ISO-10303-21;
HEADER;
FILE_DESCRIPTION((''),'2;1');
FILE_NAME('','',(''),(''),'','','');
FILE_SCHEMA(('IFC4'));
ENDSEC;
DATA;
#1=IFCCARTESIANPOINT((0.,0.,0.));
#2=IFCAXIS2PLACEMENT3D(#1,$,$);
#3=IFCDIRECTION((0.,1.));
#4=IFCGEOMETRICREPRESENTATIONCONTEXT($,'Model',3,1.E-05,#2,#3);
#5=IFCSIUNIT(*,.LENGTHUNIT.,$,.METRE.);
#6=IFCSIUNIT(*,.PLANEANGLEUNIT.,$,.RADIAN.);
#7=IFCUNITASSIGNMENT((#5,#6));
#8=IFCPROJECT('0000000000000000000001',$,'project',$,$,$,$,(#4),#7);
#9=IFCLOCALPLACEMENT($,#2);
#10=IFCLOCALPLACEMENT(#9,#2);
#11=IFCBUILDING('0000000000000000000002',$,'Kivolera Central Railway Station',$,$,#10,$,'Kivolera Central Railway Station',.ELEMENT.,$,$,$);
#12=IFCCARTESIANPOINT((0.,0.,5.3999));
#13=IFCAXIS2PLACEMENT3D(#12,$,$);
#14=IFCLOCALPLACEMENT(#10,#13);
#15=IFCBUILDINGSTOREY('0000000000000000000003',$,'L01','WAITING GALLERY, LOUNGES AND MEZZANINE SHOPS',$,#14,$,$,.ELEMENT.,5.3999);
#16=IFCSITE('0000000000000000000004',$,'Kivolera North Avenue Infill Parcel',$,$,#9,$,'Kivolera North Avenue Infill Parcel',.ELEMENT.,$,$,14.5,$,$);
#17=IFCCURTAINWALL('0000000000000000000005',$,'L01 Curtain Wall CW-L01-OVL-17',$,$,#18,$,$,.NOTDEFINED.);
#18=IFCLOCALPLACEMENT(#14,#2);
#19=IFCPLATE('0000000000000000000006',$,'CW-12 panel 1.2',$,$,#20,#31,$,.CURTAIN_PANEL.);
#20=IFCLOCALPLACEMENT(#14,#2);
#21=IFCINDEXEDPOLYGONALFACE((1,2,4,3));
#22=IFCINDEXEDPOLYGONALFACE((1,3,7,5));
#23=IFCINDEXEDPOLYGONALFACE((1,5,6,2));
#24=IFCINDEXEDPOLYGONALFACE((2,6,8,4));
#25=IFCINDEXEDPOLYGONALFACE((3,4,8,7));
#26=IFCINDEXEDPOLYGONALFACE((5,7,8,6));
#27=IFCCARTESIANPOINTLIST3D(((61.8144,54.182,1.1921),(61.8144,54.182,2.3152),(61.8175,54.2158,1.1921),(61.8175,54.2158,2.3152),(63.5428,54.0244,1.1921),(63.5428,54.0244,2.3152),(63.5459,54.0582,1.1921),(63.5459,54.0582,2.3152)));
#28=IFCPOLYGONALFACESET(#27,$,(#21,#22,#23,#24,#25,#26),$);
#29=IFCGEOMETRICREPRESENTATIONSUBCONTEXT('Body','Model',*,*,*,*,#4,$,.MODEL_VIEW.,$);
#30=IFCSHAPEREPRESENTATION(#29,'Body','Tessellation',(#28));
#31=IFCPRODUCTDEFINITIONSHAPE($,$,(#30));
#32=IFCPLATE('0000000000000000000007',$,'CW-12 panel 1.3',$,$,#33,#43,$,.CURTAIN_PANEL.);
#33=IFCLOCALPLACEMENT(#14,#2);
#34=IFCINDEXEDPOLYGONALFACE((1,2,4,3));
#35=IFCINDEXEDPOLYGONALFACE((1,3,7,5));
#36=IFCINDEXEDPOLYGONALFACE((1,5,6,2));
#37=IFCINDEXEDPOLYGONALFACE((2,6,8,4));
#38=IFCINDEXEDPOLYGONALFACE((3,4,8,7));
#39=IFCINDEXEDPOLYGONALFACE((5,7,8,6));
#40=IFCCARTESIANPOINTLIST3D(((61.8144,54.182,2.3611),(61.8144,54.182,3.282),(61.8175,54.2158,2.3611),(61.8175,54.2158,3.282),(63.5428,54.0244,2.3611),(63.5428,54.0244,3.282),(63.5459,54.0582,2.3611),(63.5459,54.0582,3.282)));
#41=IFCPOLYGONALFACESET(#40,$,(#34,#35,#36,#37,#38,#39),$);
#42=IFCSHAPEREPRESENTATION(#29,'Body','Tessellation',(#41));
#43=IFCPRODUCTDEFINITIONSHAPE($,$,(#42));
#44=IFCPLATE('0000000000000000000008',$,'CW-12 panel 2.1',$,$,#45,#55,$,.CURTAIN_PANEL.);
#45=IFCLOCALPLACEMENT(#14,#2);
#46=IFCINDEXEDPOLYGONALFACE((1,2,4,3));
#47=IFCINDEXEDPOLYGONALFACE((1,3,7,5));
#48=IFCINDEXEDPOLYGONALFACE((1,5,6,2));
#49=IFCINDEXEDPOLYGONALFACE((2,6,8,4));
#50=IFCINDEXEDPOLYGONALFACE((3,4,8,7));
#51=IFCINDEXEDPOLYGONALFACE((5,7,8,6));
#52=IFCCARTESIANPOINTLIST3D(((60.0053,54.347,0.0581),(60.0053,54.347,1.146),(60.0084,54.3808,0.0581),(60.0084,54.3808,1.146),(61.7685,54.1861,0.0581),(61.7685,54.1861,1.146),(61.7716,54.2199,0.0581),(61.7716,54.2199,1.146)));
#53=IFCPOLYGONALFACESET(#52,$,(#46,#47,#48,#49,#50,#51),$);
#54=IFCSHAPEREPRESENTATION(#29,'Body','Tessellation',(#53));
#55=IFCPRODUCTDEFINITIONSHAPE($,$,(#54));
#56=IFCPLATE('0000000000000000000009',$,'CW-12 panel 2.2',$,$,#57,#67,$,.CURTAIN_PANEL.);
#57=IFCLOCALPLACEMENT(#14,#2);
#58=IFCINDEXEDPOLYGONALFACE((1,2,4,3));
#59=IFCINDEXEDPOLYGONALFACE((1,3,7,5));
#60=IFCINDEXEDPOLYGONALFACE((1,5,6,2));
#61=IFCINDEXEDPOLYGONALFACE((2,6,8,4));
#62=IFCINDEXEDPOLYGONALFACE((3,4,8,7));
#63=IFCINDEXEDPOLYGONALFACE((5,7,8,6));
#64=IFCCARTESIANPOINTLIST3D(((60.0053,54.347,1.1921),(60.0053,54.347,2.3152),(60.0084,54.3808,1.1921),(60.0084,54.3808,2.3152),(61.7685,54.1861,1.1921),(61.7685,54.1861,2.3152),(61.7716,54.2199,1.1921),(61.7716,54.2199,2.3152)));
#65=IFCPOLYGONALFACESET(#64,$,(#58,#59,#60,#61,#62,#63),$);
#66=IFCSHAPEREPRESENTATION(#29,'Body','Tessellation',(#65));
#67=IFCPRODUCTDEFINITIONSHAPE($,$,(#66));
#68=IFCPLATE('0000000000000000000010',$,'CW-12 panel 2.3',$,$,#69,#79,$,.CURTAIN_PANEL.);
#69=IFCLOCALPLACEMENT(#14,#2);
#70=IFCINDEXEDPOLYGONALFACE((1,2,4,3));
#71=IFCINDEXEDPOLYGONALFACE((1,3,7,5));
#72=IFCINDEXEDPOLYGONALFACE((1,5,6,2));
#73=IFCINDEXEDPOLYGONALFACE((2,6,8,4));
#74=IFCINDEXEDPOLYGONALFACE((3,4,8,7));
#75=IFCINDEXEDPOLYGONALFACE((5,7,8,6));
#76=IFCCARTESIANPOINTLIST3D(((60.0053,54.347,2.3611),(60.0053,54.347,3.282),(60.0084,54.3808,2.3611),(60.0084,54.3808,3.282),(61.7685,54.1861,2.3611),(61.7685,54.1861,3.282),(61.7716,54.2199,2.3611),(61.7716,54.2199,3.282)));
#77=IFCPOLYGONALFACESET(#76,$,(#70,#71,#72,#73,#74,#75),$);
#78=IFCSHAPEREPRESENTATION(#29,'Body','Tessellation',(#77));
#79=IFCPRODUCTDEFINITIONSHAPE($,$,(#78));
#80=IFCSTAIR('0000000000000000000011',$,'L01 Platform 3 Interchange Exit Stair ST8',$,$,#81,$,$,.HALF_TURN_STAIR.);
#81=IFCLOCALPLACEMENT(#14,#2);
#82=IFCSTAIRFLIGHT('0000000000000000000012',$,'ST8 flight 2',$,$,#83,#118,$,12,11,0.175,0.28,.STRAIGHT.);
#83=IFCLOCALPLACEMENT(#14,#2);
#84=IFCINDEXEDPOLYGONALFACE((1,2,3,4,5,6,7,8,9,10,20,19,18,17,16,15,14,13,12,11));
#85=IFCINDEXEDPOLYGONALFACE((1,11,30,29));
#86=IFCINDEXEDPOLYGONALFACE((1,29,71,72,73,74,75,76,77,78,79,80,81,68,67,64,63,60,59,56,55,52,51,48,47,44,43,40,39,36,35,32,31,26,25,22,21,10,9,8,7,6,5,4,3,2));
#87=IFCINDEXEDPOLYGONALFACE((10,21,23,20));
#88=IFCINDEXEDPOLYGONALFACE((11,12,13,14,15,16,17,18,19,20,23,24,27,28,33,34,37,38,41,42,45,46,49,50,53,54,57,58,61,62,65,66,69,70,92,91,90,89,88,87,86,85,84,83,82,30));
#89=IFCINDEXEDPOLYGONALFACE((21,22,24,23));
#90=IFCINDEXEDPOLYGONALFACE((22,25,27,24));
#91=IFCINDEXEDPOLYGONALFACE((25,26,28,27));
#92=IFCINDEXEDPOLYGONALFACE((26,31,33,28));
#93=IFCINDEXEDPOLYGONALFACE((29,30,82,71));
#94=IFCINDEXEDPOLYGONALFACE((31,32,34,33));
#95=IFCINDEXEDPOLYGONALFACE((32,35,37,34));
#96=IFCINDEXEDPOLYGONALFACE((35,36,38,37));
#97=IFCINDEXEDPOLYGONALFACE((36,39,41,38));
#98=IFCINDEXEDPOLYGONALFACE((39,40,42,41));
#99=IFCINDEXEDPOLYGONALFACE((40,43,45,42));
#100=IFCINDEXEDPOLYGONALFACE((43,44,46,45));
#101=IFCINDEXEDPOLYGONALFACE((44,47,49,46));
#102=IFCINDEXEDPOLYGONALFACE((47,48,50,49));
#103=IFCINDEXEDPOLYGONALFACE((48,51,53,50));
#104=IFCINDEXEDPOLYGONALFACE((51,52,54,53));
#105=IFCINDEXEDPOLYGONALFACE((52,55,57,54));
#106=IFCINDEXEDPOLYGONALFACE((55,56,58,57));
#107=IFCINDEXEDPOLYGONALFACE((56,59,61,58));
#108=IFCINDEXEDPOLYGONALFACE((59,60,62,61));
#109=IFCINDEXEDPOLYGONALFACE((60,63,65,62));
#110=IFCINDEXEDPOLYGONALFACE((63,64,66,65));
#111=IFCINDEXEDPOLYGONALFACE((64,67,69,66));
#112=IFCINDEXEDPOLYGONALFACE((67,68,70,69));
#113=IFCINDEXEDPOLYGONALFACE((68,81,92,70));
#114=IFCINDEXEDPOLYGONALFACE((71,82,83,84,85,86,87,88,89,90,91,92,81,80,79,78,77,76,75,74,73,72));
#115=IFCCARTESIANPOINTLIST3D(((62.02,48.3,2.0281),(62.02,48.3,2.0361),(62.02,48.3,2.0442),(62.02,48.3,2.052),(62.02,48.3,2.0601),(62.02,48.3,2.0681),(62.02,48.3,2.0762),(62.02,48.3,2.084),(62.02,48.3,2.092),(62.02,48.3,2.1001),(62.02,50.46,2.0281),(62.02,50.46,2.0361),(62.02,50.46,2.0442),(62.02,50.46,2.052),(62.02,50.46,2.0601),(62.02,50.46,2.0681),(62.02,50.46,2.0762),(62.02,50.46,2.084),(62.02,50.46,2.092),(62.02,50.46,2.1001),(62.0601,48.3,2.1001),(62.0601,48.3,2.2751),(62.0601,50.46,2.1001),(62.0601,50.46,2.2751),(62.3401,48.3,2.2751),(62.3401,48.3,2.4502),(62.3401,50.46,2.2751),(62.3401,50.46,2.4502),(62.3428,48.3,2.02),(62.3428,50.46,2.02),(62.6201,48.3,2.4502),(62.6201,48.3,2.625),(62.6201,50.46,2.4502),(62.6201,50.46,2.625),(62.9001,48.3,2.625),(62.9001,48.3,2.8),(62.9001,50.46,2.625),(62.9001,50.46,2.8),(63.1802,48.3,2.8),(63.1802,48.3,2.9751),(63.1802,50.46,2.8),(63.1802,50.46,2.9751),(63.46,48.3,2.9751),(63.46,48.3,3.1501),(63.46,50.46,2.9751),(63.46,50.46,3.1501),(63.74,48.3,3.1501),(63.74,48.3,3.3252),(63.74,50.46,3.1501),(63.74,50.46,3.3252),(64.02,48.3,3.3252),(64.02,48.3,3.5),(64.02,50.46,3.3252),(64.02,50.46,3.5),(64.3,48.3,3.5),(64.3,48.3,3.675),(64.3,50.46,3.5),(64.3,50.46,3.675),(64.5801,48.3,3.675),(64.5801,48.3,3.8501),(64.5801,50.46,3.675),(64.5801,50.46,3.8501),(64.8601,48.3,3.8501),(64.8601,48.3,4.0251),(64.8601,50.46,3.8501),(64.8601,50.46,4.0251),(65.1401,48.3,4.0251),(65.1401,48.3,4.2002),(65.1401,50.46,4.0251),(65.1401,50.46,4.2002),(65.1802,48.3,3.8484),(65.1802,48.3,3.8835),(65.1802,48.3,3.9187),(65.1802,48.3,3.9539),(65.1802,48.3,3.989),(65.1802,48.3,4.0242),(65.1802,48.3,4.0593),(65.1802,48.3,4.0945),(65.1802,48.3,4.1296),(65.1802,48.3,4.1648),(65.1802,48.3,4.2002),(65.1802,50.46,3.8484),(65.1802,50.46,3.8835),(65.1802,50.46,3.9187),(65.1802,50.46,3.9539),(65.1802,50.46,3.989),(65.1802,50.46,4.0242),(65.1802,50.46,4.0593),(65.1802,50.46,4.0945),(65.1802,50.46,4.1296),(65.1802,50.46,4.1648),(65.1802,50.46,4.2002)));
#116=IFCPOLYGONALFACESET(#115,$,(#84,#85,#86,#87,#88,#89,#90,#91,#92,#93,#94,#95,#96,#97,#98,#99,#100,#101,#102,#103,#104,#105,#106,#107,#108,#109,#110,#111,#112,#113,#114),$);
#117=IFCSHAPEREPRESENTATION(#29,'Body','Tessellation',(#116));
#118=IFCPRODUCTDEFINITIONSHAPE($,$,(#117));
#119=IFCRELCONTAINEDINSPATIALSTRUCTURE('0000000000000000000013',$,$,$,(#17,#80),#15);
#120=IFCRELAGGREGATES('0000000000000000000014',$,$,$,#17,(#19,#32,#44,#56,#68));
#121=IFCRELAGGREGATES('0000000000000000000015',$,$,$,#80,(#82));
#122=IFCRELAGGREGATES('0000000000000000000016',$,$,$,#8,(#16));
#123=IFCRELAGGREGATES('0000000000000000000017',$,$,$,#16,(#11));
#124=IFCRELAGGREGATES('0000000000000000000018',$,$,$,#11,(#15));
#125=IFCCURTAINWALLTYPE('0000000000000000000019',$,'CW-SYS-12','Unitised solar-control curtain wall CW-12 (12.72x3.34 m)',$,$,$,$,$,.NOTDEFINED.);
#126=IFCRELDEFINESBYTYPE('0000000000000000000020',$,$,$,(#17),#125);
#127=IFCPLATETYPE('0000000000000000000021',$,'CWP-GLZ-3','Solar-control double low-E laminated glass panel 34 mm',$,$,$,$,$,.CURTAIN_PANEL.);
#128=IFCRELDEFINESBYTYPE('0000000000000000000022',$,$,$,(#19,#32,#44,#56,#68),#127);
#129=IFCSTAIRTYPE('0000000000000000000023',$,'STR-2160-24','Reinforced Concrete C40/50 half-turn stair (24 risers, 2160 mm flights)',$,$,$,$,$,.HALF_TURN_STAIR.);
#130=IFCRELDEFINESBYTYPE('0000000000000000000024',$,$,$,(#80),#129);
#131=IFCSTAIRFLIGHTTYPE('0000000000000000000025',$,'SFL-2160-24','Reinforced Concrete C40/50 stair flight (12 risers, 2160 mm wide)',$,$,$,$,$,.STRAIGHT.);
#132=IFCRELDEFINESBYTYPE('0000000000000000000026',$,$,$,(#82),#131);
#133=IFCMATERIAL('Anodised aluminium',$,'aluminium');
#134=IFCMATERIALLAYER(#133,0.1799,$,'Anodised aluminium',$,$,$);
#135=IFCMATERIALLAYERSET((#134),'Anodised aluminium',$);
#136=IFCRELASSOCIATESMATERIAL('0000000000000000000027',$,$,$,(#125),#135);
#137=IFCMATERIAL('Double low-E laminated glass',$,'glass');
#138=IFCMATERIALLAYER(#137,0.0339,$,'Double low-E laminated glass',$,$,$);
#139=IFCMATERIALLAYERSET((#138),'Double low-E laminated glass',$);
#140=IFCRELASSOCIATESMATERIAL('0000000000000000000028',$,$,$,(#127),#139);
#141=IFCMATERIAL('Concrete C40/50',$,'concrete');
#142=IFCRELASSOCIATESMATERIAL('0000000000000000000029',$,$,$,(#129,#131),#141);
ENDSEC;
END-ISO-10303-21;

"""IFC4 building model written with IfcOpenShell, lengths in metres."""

from ifc_helpers import new_model, si_unit, direction, frame, origin, origin_2d, place, context, subcontext, project, spatial, polyline, rectangle, outline, extrude, material, layer, layer_set, type_object, element, aggregate, save


model = new_model("IFC4")

# Units and contexts
model_context = context("Model", 3, precision=1e-05, world=origin(), true_north=direction((0.0, 1.0)))
body_context = subcontext(model_context, "Body", "Model", "MODEL_VIEW")
ifc_project = project(units=[si_unit("LENGTHUNIT", "METRE"), si_unit("PLANEANGLEUNIT", "RADIAN")], contexts=[model_context])

# Site, building, storey
site_placement = place(None, origin())
site = spatial("IfcSite", under=ifc_project, at=site_placement, Name="Kivolera North Avenue Infill Parcel", LongName="Kivolera North Avenue Infill Parcel", CompositionType="ELEMENT", RefElevation=14.5)
building_placement = place(site_placement, origin())
building = spatial("IfcBuilding", under=site, at=building_placement, Name="Kivolera Central Railway Station", LongName="Kivolera Central Railway Station", CompositionType="ELEMENT")
storey_placement = place(building_placement, frame((0.0, 0.0, 5.3999)))
storey = spatial("IfcBuildingStorey", under=building, at=storey_placement, Name="L01", Description="WAITING GALLERY, LOUNGES AND MEZZANINE SHOPS", CompositionType="ELEMENT", Elevation=5.3999)

# Curtain wall, plates
ifc_material_1 = material(Name="Anodised aluminium", Category="aluminium")
ifc_layer_1 = layer(ifc_material_1, 0.1799, Name="Anodised aluminium")
ifc_layer_set_1 = layer_set([ifc_layer_1], Name="Anodised aluminium")
curtain_wall_type = type_object("IfcCurtainWallType", Name="CW-SYS-12", Description="Unitised solar-control curtain wall CW-12 (12.72x3.34 m)", PredefinedType="NOTDEFINED", material=ifc_layer_set_1)
curtain_wall_placement = place(storey_placement, origin())
curtain_wall = element("IfcCurtainWall", 1, at=curtain_wall_placement, inside=storey, type_object=curtain_wall_type, Name="L01 Curtain Wall CW-L01-OVL-17", PredefinedType="NOTDEFINED")
ifc_material_2 = material(Name="Double low-E laminated glass", Category="glass")
ifc_layer_2 = layer(ifc_material_2, 0.0339, Name="Double low-E laminated glass")
ifc_layer_set_2 = layer_set([ifc_layer_2], Name="Double low-E laminated glass")
plate_type = type_object("IfcPlateType", Name="CWP-GLZ-3", Description="Solar-control double low-E laminated glass panel 34 mm", PredefinedType="CURTAIN_PANEL", material=ifc_layer_set_2)
plate_1_placement = place(storey_placement, frame((62.6802, 54.1201, 1.1921), z_axis=(0.0, 0.0, 1.0), x_axis=(-0.995866, 0.090834, 0.0)))
plate_1 = element("IfcPlate", 2, at=plate_1_placement, type_object=plate_type, Name="CW-12 panel 1.2", PredefinedType="CURTAIN_PANEL", context=body_context, shape_type="SweptSolid", body=[
    extrude(rectangle(XDim=1.7356, YDim=0.0339, at=origin_2d()), origin(), (0.0, 0.0, 1.0), 1.123),
])
plate_2_placement = place(storey_placement, frame((62.6802, 54.1201, 2.3611), z_axis=(0.0, 0.0, 1.0), x_axis=(-0.995866, 0.090834, 0.0)))
plate_2 = element("IfcPlate", 3, at=plate_2_placement, type_object=plate_type, Name="CW-12 panel 1.3", PredefinedType="CURTAIN_PANEL", context=body_context, shape_type="SweptSolid", body=[
    extrude(rectangle(XDim=1.7356, YDim=0.0339, at=origin_2d()), origin(), (0.0, 0.0, 1.0), 0.9209),
])
plate_3_placement = place(storey_placement, frame((60.8884, 54.2834, 0.0581), z_axis=(0.0, 0.0, 1.0), x_axis=(-0.995866, 0.090834, 0.0)))
plate_3 = element("IfcPlate", 4, at=plate_3_placement, type_object=plate_type, Name="CW-12 panel 2.1", PredefinedType="CURTAIN_PANEL", context=body_context, shape_type="SweptSolid", body=[
    extrude(rectangle(XDim=1.7705, YDim=0.0339, at=origin_2d()), origin(), (0.0, 0.0, 1.0), 1.0879),
])
plate_4_placement = place(storey_placement, frame((60.8884, 54.2834, 1.1921), z_axis=(0.0, 0.0, 1.0), x_axis=(-0.995866, 0.090834, 0.0)))
plate_4 = element("IfcPlate", 5, at=plate_4_placement, type_object=plate_type, Name="CW-12 panel 2.2", PredefinedType="CURTAIN_PANEL", context=body_context, shape_type="SweptSolid", body=[
    extrude(rectangle(XDim=1.7705, YDim=0.0339, at=origin_2d()), origin(), (0.0, 0.0, 1.0), 1.123),
])
plate_5_placement = place(storey_placement, frame((60.8884, 54.2834, 2.3611), z_axis=(0.0, 0.0, 1.0), x_axis=(-0.995866, 0.090834, 0.0)))
plate_5 = element("IfcPlate", 6, at=plate_5_placement, type_object=plate_type, Name="CW-12 panel 2.3", PredefinedType="CURTAIN_PANEL", context=body_context, shape_type="SweptSolid", body=[
    extrude(rectangle(XDim=1.7705, YDim=0.0339, at=origin_2d()), origin(), (0.0, 0.0, 1.0), 0.9209),
])
aggregate(curtain_wall, [plate_1, plate_2, plate_3, plate_4, plate_5])

# Stair, stair flight
ifc_material_3 = material(Name="Concrete C40/50", Category="concrete")
stair_type = type_object("IfcStairType", Name="STR-2160-24", Description="Reinforced Concrete C40/50 half-turn stair (24 risers, 2160 mm flights)", PredefinedType="HALF_TURN_STAIR", material=ifc_material_3)
stair_placement = place(storey_placement, origin())
stair = element("IfcStair", 7, at=stair_placement, inside=storey, type_object=stair_type, Name="L01 Platform 3 Interchange Exit Stair ST8", PredefinedType="HALF_TURN_STAIR")
stair_flight_type = type_object("IfcStairFlightType", Name="SFL-2160-24", Description="Reinforced Concrete C40/50 stair flight (12 risers, 2160 mm wide)", PredefinedType="STRAIGHT", material=ifc_material_3)
stair_flight_placement = place(storey_placement, frame((62.0601, 49.3799, 2.1001), z_axis=(0.0, 0.0, 1.0), x_axis=(1.0, 0.0, 0.0)))
stair_flight = element("IfcStairFlight", 8, at=stair_flight_placement, type_object=stair_flight_type, Name="ST8 flight 2", NumberOfRisers=12, NumberOfTreads=11, PredefinedType="STRAIGHT", RiserHeight=0.175, TreadLength=0.28, context=body_context, shape_type="SweptSolid", body=[
    extrude(outline(polyline([(-0.04, 0.0), (0.0, 0.0), (0.0, 0.175), (0.28, 0.175), (0.28, 0.3501), (0.5601, 0.3501), (0.5601, 0.5249), (0.8401, 0.5249), (0.8401, 0.7), (1.1201, 0.7), (1.1201, 0.875), (1.3999, 0.875), (1.3999, 1.05), (1.6799, 1.05), (1.6799, 1.2251), (1.96, 1.2251), (1.96, 1.3999), (2.24, 1.3999), (2.24, 1.575), (2.52, 1.575), (2.52, 1.75), (2.8, 1.75), (2.8, 1.925), (3.0801, 1.925), (3.0801, 2.1001), (3.1201, 2.1001), (3.1201, 2.0647), (3.1201, 2.0295), (3.1201, 1.9944), (3.1201, 1.9592), (3.1201, 1.9241), (3.1201, 1.8889), (3.1201, 1.8538), (3.1201, 1.8186), (3.1201, 1.7834), (3.1201, 1.7483), (0.2827, -0.0801), (-0.04, -0.072), (-0.04, -0.064), (-0.04, -0.0559), (-0.04, -0.0481), (-0.04, -0.04), (-0.04, -0.032), (-0.04, -0.0239), (-0.04, -0.0161), (-0.04, -0.0081), (-0.04, 0.0)])), frame((0.0, 1.0801, 0.0), z_axis=(0.0, -1.0, 0.0), x_axis=(1.0, 0.0, 0.0)), (0.0, 0.0, 1.0), 2.1599),
])
aggregate(stair, [stair_flight])

save(model, "model.ifc")
